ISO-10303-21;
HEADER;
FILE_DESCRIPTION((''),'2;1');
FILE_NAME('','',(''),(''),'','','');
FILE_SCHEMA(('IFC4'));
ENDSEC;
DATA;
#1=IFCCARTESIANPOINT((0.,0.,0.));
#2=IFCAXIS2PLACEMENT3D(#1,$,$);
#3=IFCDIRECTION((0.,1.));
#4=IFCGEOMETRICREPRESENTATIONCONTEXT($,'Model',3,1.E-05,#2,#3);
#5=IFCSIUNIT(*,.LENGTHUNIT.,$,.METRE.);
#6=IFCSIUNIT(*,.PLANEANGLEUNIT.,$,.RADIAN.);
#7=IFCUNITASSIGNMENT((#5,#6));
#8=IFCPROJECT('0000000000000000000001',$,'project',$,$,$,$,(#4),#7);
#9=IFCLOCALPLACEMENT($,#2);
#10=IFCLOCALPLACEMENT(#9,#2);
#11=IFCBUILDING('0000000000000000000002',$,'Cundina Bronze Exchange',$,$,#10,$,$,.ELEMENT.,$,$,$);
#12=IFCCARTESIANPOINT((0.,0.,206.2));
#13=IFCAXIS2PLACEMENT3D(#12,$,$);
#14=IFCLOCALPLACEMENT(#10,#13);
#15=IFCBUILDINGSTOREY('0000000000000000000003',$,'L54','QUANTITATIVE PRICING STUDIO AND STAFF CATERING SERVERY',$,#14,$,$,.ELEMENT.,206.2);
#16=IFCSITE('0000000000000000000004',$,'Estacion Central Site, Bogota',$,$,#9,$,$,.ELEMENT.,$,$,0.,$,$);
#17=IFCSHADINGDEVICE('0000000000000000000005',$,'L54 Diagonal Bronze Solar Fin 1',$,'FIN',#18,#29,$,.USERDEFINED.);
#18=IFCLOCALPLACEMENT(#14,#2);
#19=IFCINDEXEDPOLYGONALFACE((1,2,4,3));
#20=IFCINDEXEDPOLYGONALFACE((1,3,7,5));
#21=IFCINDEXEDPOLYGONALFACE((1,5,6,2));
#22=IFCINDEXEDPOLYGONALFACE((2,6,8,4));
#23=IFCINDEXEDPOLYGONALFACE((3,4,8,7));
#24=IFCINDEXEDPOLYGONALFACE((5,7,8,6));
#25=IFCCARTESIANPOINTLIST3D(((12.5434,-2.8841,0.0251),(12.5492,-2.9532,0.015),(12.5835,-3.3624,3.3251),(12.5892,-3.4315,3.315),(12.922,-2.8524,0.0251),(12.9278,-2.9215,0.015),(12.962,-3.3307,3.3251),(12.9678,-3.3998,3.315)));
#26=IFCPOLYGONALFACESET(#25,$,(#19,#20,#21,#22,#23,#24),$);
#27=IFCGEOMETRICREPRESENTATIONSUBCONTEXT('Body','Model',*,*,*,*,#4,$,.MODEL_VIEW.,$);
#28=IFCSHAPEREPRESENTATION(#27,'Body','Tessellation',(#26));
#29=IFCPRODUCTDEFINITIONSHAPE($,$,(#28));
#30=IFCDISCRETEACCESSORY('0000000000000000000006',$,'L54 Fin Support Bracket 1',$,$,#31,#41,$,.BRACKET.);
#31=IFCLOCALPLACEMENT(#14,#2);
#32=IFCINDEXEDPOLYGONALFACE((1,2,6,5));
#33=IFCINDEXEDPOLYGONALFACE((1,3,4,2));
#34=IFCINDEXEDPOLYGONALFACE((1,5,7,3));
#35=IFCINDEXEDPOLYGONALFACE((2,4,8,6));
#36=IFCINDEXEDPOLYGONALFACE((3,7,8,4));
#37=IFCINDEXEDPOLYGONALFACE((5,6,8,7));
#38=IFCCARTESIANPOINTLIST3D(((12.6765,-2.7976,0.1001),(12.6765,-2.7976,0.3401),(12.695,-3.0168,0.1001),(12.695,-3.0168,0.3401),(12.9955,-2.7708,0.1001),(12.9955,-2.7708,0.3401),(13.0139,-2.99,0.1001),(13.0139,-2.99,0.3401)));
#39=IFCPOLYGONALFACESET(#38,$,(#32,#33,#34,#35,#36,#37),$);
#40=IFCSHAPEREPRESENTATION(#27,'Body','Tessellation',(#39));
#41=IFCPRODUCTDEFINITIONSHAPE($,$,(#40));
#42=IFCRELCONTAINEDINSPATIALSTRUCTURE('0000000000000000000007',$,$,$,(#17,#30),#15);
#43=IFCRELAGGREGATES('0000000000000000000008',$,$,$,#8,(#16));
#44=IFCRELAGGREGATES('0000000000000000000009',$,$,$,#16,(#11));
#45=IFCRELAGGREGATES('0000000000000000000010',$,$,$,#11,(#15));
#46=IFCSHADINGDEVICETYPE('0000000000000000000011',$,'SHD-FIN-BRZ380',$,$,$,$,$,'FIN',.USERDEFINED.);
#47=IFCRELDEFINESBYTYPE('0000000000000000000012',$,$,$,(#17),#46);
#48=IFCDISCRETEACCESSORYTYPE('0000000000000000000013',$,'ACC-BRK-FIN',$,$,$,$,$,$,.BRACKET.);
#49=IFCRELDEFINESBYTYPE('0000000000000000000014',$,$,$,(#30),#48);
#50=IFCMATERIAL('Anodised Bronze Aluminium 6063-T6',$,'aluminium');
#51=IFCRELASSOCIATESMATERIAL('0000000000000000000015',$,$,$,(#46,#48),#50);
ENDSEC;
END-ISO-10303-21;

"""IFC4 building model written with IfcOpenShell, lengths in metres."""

from ifc_helpers import new_model, si_unit, direction, frame, origin, origin_2d, place, context, subcontext, project, spatial, rectangle, extrude, material, material_profile, profile_set, type_object, element, save


model = new_model("IFC4")

# Units and contexts
model_context = context("Model", 3, precision=1e-05, world=origin(), true_north=direction((0.0, 1.0)))
body_context = subcontext(model_context, "Body", "Model", "MODEL_VIEW")
ifc_project = project(units=[si_unit("LENGTHUNIT", "METRE"), si_unit("PLANEANGLEUNIT", "RADIAN")], contexts=[model_context])

# Site, building, storey
site_placement = place(None, origin())
site = spatial("IfcSite", under=ifc_project, at=site_placement, Name="Estacion Central Site, Bogota", CompositionType="ELEMENT", RefElevation=0.0)
building_placement = place(site_placement, origin())
building = spatial("IfcBuilding", under=site, at=building_placement, Name="Cundina Bronze Exchange", CompositionType="ELEMENT")
storey_placement = place(building_placement, frame((0.0, 0.0, 206.2)))
storey = spatial("IfcBuildingStorey", under=building, at=storey_placement, Name="L54", Description="QUANTITATIVE PRICING STUDIO AND STAFF CATERING SERVERY", CompositionType="ELEMENT", Elevation=206.2)

# Shared definitions
ifc_material_1 = material(Name="Anodised Bronze Aluminium 6063-T6", Category="aluminium")

# Shading device
ifc_material_profile_1 = material_profile(ifc_material_1, rectangle(XDim=0.0701, YDim=0.3799, at=origin_2d()), Name="FIN70X380", Category="aluminium")
ifc_profile_set_1 = profile_set([ifc_material_profile_1], Name="Anodised Bronze Aluminium 6063-T6")
shading_device_type = type_object("IfcShadingDeviceType", Name="SHD-FIN-BRZ380", ElementType="FIN", PredefinedType="USERDEFINED", material=ifc_profile_set_1)
shading_device_placement = place(storey_placement, frame((12.7356, -2.9028, 0.02), z_axis=(0.012007, -0.14342, 0.989589), x_axis=(-0.082556, 0.98614, 0.143921)))
element("IfcShadingDevice", 1, at=shading_device_placement, inside=storey, type_object=shading_device_type, Name="L54 Diagonal Bronze Solar Fin 1", ObjectType="FIN", PredefinedType="USERDEFINED", context=body_context, shape_type="SweptSolid", body=[
    extrude(rectangle(XDim=0.0701, YDim=0.3799, at=origin_2d()), origin(), (0.0, 0.0, 1.0), 3.3347),
])

# Discrete accessory
discrete_accessory_type = type_object("IfcDiscreteAccessoryType", Name="ACC-BRK-FIN", PredefinedType="BRACKET", material=ifc_material_1)
discrete_accessory_placement = place(storey_placement, frame((12.8452, -2.8938, 0.1001), z_axis=(0.0, 0.0, 1.0), x_axis=(0.083747, -0.996487, 0.0)))
element("IfcDiscreteAccessory", 2, at=discrete_accessory_placement, inside=storey, type_object=discrete_accessory_type, Name="L54 Fin Support Bracket 1", PredefinedType="BRACKET", context=body_context, shape_type="SweptSolid", body=[
    extrude(rectangle(XDim=0.22, YDim=0.3201, at=origin_2d()), origin(), (0.0, 0.0, 1.0), 0.24),
])

save(model, "model.ifc")
